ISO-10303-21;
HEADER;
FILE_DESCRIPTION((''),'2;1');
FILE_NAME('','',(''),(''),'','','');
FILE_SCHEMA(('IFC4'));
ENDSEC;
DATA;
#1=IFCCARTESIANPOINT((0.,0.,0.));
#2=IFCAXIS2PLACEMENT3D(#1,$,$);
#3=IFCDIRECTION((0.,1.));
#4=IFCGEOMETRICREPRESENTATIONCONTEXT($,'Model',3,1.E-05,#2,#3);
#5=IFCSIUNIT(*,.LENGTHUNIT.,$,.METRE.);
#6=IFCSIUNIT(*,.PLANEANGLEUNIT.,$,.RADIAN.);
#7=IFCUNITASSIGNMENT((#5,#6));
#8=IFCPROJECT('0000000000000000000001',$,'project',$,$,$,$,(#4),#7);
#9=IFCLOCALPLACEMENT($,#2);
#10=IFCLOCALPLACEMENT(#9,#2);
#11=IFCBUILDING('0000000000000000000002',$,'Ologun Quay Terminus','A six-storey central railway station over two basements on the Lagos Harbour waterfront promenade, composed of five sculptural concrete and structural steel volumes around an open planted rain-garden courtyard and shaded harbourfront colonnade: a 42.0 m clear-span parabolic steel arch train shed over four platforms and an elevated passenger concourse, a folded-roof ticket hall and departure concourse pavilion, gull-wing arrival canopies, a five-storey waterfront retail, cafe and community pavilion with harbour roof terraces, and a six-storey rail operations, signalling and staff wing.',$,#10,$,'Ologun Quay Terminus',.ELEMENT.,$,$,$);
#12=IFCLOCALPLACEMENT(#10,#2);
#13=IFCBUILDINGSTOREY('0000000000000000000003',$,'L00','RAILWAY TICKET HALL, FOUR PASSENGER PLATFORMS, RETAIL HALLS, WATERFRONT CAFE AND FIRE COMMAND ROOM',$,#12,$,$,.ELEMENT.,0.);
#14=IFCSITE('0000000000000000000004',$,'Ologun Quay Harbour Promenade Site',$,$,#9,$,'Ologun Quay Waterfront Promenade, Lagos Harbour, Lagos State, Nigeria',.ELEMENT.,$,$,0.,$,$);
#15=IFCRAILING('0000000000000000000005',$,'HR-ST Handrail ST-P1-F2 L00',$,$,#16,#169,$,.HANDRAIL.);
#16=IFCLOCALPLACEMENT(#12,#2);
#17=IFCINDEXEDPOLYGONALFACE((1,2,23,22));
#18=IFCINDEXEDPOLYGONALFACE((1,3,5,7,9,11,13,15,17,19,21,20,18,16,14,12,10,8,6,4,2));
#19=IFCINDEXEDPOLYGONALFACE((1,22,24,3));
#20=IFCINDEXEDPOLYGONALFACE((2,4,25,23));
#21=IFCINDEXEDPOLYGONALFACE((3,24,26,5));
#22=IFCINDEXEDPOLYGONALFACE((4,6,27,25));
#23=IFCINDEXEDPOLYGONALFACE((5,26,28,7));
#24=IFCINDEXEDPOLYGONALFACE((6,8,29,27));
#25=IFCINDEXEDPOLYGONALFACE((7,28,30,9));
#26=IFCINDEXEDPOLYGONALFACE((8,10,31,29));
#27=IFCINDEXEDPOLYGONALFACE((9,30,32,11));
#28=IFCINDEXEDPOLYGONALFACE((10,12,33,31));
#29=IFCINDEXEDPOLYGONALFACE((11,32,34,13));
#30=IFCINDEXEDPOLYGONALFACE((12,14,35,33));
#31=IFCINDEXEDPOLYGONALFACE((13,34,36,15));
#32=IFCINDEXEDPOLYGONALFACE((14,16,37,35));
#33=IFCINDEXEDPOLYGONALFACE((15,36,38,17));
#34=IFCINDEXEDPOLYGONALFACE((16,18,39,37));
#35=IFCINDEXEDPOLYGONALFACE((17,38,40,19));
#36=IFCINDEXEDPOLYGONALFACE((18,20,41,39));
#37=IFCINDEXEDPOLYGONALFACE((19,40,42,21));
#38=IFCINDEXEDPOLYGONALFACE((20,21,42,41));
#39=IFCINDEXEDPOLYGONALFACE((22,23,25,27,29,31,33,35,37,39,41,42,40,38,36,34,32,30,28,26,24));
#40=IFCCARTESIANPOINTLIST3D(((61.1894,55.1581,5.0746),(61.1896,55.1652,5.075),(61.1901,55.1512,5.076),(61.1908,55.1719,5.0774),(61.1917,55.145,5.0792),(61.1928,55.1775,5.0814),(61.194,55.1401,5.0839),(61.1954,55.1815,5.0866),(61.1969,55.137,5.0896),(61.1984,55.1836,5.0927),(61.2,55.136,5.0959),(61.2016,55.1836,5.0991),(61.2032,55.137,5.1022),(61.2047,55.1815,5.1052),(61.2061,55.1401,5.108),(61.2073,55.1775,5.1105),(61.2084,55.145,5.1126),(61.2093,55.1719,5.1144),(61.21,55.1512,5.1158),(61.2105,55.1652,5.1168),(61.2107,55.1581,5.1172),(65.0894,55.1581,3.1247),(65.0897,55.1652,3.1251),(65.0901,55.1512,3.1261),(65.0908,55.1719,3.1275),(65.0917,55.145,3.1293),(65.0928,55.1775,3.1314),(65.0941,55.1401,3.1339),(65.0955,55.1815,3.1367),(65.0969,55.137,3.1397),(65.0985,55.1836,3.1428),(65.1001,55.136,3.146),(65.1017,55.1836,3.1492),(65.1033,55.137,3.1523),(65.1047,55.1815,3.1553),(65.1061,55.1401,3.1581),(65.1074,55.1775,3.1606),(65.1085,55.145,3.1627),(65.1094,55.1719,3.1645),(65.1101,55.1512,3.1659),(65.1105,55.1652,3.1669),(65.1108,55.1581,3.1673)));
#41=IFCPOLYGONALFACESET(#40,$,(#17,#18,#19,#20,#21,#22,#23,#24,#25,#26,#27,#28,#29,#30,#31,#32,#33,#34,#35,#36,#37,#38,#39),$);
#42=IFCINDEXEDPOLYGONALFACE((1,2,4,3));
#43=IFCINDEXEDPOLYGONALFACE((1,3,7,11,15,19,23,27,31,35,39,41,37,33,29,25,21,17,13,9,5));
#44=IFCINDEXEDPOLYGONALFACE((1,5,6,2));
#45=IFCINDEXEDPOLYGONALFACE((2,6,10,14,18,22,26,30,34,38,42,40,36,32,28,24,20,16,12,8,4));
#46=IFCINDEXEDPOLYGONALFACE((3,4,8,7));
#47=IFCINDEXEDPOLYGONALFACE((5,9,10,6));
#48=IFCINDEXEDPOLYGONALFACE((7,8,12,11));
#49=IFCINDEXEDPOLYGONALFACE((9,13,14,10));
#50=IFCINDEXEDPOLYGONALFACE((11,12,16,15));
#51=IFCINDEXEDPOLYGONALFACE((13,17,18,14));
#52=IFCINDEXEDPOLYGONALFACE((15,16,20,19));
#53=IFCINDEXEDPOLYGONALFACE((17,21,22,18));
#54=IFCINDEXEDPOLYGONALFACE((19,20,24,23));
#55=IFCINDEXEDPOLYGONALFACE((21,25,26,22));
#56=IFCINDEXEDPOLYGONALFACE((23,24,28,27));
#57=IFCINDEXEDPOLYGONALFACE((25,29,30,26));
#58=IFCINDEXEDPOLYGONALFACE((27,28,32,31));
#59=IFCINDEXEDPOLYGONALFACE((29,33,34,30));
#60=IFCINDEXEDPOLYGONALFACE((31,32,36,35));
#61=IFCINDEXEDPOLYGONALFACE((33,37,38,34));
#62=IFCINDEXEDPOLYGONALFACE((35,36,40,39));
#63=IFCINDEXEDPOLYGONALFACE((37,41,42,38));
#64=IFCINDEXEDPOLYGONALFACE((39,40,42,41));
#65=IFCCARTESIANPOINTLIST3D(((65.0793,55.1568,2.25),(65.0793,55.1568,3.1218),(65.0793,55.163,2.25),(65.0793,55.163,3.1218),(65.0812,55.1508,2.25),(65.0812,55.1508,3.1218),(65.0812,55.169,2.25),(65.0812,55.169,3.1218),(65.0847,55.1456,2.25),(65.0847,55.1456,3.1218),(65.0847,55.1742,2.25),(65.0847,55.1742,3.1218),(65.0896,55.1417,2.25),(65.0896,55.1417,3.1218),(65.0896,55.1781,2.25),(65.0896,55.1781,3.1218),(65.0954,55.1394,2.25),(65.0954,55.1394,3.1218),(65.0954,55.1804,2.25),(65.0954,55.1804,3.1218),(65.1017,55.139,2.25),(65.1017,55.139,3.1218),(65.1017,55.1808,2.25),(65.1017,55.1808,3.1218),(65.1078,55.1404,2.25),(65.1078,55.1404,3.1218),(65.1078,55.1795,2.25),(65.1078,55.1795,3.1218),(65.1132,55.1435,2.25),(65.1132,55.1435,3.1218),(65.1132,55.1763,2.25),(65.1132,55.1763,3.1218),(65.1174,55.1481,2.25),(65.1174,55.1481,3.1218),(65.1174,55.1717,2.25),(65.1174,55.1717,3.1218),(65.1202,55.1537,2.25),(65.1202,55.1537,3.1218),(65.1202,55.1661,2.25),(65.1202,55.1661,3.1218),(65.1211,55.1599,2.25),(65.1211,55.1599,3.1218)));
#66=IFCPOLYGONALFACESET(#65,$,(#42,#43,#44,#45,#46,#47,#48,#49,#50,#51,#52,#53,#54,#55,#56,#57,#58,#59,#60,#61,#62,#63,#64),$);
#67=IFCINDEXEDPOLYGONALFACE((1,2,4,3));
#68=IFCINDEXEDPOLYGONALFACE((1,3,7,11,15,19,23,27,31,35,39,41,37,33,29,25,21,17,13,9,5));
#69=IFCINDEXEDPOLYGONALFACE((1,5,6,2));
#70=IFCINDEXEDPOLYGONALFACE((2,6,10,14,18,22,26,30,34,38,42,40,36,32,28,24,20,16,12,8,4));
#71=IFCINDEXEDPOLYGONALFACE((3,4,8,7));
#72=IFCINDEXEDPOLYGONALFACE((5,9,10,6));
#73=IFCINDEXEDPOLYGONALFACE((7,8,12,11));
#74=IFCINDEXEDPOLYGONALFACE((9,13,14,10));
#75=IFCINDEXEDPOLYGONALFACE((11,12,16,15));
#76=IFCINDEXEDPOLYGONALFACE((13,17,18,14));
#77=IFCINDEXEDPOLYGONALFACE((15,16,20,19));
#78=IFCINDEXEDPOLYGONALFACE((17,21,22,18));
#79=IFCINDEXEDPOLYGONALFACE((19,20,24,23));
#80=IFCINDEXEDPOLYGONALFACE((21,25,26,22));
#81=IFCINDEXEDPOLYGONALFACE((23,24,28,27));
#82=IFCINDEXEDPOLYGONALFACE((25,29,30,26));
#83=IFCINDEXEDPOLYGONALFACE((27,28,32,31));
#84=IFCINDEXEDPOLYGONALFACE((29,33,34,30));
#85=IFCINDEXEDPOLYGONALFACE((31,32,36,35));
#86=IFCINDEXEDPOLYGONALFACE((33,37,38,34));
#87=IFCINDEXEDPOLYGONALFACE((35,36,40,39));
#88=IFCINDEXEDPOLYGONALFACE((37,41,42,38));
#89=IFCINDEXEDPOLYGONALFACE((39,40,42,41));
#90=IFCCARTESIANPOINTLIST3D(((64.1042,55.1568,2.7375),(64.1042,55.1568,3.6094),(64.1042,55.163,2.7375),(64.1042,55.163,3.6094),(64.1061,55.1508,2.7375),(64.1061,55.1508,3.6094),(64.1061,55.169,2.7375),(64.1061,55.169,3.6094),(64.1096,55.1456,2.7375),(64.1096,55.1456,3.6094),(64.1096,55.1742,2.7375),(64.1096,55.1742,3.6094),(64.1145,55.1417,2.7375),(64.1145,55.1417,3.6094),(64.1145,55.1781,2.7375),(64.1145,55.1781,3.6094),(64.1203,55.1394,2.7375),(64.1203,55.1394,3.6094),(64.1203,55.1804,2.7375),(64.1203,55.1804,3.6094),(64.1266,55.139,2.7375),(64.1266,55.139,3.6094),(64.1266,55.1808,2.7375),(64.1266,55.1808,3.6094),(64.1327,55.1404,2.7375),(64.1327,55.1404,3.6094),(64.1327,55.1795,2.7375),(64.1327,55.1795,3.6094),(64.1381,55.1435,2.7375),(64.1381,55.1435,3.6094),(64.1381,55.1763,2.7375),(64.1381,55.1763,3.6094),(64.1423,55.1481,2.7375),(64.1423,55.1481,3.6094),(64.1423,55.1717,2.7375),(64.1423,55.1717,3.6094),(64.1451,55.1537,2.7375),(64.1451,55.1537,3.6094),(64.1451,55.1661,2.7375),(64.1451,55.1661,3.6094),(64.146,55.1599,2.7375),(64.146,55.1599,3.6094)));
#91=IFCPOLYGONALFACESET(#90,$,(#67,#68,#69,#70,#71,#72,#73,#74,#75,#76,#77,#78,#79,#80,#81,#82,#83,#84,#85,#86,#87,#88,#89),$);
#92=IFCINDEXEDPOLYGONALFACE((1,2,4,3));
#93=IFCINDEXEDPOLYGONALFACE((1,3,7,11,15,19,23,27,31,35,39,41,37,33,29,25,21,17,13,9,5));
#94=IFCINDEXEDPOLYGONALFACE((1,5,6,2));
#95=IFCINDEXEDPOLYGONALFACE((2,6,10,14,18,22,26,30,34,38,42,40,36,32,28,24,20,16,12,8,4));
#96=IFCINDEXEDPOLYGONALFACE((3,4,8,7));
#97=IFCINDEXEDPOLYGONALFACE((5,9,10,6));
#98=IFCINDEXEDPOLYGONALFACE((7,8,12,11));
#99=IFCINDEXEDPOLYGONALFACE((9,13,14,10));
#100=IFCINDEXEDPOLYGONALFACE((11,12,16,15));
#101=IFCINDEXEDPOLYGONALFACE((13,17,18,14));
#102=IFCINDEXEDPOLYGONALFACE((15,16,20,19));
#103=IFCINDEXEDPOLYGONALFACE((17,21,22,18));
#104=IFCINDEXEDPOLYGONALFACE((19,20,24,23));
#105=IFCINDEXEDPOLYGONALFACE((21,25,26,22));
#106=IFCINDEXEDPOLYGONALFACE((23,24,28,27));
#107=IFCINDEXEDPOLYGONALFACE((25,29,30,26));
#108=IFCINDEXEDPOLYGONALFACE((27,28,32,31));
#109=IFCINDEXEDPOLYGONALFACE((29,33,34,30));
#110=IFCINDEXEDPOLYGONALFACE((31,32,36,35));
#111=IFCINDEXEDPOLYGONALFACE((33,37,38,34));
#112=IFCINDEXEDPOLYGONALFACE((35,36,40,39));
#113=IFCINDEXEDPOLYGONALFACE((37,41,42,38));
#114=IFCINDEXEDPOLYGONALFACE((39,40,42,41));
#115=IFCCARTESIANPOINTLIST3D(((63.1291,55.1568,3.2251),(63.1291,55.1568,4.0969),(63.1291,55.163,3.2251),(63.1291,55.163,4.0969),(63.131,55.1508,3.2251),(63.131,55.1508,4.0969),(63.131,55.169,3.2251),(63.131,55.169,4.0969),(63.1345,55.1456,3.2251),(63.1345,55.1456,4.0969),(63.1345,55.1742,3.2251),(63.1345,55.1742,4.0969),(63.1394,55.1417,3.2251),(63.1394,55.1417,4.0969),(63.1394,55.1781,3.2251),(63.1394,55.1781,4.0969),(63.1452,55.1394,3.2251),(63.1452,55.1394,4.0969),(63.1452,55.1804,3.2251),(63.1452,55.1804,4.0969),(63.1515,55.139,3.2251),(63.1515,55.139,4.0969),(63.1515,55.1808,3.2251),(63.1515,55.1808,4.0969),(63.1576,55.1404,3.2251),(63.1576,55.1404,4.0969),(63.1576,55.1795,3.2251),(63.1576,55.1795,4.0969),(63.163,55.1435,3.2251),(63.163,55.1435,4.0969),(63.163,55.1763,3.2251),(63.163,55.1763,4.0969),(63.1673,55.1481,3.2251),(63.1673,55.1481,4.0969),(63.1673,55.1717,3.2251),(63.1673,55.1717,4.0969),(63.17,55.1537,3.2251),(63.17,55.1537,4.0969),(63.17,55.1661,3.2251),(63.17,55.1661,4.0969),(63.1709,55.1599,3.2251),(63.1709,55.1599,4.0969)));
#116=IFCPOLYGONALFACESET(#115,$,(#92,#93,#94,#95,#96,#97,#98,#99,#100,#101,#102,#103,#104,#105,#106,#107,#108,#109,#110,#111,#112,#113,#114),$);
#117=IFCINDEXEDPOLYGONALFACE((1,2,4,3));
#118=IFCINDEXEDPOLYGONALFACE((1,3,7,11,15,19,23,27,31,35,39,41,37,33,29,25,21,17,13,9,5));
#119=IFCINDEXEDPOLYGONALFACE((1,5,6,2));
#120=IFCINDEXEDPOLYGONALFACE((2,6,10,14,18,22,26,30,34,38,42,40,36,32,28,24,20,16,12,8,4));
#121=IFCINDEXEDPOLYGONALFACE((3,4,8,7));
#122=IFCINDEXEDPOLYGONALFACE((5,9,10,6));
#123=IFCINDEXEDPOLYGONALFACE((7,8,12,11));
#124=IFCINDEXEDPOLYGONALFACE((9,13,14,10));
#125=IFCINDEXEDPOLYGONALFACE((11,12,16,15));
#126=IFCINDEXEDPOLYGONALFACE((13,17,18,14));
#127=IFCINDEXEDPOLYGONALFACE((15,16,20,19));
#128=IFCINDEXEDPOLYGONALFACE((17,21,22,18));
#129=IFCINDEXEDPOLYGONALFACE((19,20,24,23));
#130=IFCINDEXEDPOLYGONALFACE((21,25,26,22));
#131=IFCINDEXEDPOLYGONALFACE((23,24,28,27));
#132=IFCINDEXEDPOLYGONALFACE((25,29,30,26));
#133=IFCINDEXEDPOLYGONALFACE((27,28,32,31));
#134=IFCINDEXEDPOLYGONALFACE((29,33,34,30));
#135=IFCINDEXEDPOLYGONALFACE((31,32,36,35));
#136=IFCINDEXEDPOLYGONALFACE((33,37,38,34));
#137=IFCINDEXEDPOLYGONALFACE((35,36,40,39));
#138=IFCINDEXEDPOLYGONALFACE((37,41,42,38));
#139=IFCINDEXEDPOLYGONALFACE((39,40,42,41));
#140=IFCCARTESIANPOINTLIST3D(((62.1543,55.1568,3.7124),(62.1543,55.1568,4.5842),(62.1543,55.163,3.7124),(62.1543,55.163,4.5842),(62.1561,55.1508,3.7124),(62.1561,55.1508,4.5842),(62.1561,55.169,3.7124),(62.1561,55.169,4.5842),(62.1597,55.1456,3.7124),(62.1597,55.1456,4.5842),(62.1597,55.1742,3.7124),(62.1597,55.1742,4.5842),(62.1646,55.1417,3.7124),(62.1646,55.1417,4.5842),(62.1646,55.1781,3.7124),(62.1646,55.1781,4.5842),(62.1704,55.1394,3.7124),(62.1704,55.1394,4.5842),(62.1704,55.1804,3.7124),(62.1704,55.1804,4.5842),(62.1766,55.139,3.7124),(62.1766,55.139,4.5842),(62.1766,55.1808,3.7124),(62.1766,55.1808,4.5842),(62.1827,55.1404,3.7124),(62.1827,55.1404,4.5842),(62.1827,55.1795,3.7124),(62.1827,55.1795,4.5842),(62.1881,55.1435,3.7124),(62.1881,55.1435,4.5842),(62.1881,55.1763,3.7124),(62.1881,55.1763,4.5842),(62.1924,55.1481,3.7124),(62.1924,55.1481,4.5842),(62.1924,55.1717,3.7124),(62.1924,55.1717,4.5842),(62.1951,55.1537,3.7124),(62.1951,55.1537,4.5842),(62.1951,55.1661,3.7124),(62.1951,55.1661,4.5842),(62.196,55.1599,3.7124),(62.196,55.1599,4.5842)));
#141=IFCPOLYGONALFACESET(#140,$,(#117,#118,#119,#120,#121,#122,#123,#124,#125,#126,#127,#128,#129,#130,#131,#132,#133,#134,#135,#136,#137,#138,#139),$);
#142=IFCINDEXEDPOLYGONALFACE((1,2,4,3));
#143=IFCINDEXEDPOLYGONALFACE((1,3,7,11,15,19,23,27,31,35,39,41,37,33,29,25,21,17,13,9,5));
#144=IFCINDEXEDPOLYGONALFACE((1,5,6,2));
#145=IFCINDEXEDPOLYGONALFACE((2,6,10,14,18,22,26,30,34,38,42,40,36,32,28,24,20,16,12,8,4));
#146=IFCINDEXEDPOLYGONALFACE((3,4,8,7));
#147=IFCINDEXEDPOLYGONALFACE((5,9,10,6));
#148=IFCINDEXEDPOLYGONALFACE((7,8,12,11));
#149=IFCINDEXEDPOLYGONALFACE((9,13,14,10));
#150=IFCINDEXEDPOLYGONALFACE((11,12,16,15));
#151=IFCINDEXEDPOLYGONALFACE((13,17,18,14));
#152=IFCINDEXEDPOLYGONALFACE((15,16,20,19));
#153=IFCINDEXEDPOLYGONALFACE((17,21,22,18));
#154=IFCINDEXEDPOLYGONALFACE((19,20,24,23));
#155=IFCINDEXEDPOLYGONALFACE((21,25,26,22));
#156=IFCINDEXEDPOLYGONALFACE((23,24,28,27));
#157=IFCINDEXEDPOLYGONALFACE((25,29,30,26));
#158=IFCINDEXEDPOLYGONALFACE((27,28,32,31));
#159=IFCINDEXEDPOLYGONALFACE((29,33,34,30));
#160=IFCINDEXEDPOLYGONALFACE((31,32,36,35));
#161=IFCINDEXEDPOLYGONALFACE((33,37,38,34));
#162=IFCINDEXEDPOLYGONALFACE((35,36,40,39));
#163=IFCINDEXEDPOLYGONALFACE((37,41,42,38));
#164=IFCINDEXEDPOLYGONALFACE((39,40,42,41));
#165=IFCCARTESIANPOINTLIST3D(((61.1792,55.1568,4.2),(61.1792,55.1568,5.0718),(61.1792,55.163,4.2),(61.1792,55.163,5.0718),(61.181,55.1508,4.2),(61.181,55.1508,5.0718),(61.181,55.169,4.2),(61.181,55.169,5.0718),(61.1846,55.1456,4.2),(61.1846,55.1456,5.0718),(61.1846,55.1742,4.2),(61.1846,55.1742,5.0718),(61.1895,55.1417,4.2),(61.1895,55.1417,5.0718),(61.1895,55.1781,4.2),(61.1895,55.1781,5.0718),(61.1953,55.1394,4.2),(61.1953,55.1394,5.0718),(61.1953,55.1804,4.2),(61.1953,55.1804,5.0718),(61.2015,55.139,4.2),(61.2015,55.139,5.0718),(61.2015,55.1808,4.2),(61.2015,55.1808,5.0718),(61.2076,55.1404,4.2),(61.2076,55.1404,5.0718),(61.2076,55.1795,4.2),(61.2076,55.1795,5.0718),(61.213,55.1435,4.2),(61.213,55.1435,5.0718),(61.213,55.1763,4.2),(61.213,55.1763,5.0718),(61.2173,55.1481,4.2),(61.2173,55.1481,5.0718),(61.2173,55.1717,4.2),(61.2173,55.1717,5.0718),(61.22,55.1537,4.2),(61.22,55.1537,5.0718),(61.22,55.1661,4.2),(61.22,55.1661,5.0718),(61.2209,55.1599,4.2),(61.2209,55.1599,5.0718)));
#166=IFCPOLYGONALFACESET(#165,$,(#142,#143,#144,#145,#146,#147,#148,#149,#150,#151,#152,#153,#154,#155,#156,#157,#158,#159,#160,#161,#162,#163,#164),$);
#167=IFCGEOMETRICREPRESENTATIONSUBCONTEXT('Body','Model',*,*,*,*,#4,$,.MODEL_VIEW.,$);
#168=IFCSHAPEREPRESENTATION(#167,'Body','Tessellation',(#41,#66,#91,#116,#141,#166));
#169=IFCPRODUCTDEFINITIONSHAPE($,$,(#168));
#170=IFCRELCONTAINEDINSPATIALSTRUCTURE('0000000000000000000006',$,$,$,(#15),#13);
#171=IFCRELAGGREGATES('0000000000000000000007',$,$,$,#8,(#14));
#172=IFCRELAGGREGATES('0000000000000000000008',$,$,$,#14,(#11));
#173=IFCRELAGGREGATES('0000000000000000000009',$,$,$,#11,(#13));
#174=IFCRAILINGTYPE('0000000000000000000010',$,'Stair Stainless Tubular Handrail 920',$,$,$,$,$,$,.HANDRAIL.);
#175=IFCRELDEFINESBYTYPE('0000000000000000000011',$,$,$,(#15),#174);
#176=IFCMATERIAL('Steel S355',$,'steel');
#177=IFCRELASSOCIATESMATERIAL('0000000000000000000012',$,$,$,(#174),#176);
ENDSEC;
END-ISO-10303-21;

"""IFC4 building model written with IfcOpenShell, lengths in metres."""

from ifc_helpers import new_model, si_unit, direction, frame, origin, origin_2d, place, context, subcontext, project, spatial, circle, extrude, material, type_object, element, save


model = new_model("IFC4")

# Units and contexts
model_context = context("Model", 3, precision=1e-05, world=origin(), true_north=direction((0.0, 1.0)))
body_context = subcontext(model_context, "Body", "Model", "MODEL_VIEW")
ifc_project = project(units=[si_unit("LENGTHUNIT", "METRE"), si_unit("PLANEANGLEUNIT", "RADIAN")], contexts=[model_context])

# Site, building, storey
site_placement = place(None, origin())
site = spatial("IfcSite", under=ifc_project, at=site_placement, Name="Ologun Quay Harbour Promenade Site", LongName="Ologun Quay Waterfront Promenade, Lagos Harbour, Lagos State, Nigeria", CompositionType="ELEMENT", RefElevation=0.0)
building_placement = place(site_placement, origin())
building = spatial("IfcBuilding", under=site, at=building_placement, Name="Ologun Quay Terminus", Description="A six-storey central railway station over two basements on the Lagos Harbour waterfront promenade, composed of five sculptural concrete and structural steel volumes around an open planted rain-garden courtyard and shaded harbourfront colonnade: a 42.0 m clear-span parabolic steel arch train shed over four platforms and an elevated passenger concourse, a folded-roof ticket hall and departure concourse pavilion, gull-wing arrival canopies, a five-storey waterfront retail, cafe and community pavilion with harbour roof terraces, and a six-storey rail operations, signalling and staff wing.", LongName="Ologun Quay Terminus", CompositionType="ELEMENT")
storey_placement = place(building_placement, origin())
storey = spatial("IfcBuildingStorey", under=building, at=storey_placement, Name="L00", Description="RAILWAY TICKET HALL, FOUR PASSENGER PLATFORMS, RETAIL HALLS, WATERFRONT CAFE AND FIRE COMMAND ROOM", CompositionType="ELEMENT", Elevation=0.0)

# Railing
ifc_material_1 = material(Name="Steel S355", Category="steel")
railing_type_1 = type_object("IfcRailingType", Name="Stair Stainless Tubular Handrail 920", PredefinedType="HANDRAIL", material=ifc_material_1)
railing_1_placement = place(storey_placement, frame((65.1001, 55.1599, 2.25)))
element("IfcRailing", 1, at=railing_1_placement, inside=storey, type_object=railing_type_1, Name="HR-ST Handrail ST-P1-F2 L00", PredefinedType="HANDRAIL", context=body_context, shape_type="SweptSolid", body=[
    extrude(circle(Radius=0.0239, at=origin_2d()), frame((0.0, 0.0, 0.896), z_axis=(-0.894438, 0.0, 0.447191), x_axis=(0.0, -1.0, 0.0)), (0.0, 0.0, 1.0), 4.3604),
    extrude(circle(Radius=0.021, at=origin_2d()), origin(), (0.0, 0.0, 1.0), 0.8718),
    extrude(circle(Radius=0.021, at=origin_2d()), frame((-0.9751, 0.0, 0.4875)), (0.0, 0.0, 1.0), 0.8718),
    extrude(circle(Radius=0.021, at=origin_2d()), frame((-1.9502, 0.0, 0.9751)), (0.0, 0.0, 1.0), 0.8718),
    extrude(circle(Radius=0.021, at=origin_2d()), frame((-2.925, 0.0, 1.4624)), (0.0, 0.0, 1.0), 0.8718),
    extrude(circle(Radius=0.021, at=origin_2d()), frame((-3.9001, 0.0, 1.95)), (0.0, 0.0, 1.0), 0.8718),
])

save(model, "model.ifc")
